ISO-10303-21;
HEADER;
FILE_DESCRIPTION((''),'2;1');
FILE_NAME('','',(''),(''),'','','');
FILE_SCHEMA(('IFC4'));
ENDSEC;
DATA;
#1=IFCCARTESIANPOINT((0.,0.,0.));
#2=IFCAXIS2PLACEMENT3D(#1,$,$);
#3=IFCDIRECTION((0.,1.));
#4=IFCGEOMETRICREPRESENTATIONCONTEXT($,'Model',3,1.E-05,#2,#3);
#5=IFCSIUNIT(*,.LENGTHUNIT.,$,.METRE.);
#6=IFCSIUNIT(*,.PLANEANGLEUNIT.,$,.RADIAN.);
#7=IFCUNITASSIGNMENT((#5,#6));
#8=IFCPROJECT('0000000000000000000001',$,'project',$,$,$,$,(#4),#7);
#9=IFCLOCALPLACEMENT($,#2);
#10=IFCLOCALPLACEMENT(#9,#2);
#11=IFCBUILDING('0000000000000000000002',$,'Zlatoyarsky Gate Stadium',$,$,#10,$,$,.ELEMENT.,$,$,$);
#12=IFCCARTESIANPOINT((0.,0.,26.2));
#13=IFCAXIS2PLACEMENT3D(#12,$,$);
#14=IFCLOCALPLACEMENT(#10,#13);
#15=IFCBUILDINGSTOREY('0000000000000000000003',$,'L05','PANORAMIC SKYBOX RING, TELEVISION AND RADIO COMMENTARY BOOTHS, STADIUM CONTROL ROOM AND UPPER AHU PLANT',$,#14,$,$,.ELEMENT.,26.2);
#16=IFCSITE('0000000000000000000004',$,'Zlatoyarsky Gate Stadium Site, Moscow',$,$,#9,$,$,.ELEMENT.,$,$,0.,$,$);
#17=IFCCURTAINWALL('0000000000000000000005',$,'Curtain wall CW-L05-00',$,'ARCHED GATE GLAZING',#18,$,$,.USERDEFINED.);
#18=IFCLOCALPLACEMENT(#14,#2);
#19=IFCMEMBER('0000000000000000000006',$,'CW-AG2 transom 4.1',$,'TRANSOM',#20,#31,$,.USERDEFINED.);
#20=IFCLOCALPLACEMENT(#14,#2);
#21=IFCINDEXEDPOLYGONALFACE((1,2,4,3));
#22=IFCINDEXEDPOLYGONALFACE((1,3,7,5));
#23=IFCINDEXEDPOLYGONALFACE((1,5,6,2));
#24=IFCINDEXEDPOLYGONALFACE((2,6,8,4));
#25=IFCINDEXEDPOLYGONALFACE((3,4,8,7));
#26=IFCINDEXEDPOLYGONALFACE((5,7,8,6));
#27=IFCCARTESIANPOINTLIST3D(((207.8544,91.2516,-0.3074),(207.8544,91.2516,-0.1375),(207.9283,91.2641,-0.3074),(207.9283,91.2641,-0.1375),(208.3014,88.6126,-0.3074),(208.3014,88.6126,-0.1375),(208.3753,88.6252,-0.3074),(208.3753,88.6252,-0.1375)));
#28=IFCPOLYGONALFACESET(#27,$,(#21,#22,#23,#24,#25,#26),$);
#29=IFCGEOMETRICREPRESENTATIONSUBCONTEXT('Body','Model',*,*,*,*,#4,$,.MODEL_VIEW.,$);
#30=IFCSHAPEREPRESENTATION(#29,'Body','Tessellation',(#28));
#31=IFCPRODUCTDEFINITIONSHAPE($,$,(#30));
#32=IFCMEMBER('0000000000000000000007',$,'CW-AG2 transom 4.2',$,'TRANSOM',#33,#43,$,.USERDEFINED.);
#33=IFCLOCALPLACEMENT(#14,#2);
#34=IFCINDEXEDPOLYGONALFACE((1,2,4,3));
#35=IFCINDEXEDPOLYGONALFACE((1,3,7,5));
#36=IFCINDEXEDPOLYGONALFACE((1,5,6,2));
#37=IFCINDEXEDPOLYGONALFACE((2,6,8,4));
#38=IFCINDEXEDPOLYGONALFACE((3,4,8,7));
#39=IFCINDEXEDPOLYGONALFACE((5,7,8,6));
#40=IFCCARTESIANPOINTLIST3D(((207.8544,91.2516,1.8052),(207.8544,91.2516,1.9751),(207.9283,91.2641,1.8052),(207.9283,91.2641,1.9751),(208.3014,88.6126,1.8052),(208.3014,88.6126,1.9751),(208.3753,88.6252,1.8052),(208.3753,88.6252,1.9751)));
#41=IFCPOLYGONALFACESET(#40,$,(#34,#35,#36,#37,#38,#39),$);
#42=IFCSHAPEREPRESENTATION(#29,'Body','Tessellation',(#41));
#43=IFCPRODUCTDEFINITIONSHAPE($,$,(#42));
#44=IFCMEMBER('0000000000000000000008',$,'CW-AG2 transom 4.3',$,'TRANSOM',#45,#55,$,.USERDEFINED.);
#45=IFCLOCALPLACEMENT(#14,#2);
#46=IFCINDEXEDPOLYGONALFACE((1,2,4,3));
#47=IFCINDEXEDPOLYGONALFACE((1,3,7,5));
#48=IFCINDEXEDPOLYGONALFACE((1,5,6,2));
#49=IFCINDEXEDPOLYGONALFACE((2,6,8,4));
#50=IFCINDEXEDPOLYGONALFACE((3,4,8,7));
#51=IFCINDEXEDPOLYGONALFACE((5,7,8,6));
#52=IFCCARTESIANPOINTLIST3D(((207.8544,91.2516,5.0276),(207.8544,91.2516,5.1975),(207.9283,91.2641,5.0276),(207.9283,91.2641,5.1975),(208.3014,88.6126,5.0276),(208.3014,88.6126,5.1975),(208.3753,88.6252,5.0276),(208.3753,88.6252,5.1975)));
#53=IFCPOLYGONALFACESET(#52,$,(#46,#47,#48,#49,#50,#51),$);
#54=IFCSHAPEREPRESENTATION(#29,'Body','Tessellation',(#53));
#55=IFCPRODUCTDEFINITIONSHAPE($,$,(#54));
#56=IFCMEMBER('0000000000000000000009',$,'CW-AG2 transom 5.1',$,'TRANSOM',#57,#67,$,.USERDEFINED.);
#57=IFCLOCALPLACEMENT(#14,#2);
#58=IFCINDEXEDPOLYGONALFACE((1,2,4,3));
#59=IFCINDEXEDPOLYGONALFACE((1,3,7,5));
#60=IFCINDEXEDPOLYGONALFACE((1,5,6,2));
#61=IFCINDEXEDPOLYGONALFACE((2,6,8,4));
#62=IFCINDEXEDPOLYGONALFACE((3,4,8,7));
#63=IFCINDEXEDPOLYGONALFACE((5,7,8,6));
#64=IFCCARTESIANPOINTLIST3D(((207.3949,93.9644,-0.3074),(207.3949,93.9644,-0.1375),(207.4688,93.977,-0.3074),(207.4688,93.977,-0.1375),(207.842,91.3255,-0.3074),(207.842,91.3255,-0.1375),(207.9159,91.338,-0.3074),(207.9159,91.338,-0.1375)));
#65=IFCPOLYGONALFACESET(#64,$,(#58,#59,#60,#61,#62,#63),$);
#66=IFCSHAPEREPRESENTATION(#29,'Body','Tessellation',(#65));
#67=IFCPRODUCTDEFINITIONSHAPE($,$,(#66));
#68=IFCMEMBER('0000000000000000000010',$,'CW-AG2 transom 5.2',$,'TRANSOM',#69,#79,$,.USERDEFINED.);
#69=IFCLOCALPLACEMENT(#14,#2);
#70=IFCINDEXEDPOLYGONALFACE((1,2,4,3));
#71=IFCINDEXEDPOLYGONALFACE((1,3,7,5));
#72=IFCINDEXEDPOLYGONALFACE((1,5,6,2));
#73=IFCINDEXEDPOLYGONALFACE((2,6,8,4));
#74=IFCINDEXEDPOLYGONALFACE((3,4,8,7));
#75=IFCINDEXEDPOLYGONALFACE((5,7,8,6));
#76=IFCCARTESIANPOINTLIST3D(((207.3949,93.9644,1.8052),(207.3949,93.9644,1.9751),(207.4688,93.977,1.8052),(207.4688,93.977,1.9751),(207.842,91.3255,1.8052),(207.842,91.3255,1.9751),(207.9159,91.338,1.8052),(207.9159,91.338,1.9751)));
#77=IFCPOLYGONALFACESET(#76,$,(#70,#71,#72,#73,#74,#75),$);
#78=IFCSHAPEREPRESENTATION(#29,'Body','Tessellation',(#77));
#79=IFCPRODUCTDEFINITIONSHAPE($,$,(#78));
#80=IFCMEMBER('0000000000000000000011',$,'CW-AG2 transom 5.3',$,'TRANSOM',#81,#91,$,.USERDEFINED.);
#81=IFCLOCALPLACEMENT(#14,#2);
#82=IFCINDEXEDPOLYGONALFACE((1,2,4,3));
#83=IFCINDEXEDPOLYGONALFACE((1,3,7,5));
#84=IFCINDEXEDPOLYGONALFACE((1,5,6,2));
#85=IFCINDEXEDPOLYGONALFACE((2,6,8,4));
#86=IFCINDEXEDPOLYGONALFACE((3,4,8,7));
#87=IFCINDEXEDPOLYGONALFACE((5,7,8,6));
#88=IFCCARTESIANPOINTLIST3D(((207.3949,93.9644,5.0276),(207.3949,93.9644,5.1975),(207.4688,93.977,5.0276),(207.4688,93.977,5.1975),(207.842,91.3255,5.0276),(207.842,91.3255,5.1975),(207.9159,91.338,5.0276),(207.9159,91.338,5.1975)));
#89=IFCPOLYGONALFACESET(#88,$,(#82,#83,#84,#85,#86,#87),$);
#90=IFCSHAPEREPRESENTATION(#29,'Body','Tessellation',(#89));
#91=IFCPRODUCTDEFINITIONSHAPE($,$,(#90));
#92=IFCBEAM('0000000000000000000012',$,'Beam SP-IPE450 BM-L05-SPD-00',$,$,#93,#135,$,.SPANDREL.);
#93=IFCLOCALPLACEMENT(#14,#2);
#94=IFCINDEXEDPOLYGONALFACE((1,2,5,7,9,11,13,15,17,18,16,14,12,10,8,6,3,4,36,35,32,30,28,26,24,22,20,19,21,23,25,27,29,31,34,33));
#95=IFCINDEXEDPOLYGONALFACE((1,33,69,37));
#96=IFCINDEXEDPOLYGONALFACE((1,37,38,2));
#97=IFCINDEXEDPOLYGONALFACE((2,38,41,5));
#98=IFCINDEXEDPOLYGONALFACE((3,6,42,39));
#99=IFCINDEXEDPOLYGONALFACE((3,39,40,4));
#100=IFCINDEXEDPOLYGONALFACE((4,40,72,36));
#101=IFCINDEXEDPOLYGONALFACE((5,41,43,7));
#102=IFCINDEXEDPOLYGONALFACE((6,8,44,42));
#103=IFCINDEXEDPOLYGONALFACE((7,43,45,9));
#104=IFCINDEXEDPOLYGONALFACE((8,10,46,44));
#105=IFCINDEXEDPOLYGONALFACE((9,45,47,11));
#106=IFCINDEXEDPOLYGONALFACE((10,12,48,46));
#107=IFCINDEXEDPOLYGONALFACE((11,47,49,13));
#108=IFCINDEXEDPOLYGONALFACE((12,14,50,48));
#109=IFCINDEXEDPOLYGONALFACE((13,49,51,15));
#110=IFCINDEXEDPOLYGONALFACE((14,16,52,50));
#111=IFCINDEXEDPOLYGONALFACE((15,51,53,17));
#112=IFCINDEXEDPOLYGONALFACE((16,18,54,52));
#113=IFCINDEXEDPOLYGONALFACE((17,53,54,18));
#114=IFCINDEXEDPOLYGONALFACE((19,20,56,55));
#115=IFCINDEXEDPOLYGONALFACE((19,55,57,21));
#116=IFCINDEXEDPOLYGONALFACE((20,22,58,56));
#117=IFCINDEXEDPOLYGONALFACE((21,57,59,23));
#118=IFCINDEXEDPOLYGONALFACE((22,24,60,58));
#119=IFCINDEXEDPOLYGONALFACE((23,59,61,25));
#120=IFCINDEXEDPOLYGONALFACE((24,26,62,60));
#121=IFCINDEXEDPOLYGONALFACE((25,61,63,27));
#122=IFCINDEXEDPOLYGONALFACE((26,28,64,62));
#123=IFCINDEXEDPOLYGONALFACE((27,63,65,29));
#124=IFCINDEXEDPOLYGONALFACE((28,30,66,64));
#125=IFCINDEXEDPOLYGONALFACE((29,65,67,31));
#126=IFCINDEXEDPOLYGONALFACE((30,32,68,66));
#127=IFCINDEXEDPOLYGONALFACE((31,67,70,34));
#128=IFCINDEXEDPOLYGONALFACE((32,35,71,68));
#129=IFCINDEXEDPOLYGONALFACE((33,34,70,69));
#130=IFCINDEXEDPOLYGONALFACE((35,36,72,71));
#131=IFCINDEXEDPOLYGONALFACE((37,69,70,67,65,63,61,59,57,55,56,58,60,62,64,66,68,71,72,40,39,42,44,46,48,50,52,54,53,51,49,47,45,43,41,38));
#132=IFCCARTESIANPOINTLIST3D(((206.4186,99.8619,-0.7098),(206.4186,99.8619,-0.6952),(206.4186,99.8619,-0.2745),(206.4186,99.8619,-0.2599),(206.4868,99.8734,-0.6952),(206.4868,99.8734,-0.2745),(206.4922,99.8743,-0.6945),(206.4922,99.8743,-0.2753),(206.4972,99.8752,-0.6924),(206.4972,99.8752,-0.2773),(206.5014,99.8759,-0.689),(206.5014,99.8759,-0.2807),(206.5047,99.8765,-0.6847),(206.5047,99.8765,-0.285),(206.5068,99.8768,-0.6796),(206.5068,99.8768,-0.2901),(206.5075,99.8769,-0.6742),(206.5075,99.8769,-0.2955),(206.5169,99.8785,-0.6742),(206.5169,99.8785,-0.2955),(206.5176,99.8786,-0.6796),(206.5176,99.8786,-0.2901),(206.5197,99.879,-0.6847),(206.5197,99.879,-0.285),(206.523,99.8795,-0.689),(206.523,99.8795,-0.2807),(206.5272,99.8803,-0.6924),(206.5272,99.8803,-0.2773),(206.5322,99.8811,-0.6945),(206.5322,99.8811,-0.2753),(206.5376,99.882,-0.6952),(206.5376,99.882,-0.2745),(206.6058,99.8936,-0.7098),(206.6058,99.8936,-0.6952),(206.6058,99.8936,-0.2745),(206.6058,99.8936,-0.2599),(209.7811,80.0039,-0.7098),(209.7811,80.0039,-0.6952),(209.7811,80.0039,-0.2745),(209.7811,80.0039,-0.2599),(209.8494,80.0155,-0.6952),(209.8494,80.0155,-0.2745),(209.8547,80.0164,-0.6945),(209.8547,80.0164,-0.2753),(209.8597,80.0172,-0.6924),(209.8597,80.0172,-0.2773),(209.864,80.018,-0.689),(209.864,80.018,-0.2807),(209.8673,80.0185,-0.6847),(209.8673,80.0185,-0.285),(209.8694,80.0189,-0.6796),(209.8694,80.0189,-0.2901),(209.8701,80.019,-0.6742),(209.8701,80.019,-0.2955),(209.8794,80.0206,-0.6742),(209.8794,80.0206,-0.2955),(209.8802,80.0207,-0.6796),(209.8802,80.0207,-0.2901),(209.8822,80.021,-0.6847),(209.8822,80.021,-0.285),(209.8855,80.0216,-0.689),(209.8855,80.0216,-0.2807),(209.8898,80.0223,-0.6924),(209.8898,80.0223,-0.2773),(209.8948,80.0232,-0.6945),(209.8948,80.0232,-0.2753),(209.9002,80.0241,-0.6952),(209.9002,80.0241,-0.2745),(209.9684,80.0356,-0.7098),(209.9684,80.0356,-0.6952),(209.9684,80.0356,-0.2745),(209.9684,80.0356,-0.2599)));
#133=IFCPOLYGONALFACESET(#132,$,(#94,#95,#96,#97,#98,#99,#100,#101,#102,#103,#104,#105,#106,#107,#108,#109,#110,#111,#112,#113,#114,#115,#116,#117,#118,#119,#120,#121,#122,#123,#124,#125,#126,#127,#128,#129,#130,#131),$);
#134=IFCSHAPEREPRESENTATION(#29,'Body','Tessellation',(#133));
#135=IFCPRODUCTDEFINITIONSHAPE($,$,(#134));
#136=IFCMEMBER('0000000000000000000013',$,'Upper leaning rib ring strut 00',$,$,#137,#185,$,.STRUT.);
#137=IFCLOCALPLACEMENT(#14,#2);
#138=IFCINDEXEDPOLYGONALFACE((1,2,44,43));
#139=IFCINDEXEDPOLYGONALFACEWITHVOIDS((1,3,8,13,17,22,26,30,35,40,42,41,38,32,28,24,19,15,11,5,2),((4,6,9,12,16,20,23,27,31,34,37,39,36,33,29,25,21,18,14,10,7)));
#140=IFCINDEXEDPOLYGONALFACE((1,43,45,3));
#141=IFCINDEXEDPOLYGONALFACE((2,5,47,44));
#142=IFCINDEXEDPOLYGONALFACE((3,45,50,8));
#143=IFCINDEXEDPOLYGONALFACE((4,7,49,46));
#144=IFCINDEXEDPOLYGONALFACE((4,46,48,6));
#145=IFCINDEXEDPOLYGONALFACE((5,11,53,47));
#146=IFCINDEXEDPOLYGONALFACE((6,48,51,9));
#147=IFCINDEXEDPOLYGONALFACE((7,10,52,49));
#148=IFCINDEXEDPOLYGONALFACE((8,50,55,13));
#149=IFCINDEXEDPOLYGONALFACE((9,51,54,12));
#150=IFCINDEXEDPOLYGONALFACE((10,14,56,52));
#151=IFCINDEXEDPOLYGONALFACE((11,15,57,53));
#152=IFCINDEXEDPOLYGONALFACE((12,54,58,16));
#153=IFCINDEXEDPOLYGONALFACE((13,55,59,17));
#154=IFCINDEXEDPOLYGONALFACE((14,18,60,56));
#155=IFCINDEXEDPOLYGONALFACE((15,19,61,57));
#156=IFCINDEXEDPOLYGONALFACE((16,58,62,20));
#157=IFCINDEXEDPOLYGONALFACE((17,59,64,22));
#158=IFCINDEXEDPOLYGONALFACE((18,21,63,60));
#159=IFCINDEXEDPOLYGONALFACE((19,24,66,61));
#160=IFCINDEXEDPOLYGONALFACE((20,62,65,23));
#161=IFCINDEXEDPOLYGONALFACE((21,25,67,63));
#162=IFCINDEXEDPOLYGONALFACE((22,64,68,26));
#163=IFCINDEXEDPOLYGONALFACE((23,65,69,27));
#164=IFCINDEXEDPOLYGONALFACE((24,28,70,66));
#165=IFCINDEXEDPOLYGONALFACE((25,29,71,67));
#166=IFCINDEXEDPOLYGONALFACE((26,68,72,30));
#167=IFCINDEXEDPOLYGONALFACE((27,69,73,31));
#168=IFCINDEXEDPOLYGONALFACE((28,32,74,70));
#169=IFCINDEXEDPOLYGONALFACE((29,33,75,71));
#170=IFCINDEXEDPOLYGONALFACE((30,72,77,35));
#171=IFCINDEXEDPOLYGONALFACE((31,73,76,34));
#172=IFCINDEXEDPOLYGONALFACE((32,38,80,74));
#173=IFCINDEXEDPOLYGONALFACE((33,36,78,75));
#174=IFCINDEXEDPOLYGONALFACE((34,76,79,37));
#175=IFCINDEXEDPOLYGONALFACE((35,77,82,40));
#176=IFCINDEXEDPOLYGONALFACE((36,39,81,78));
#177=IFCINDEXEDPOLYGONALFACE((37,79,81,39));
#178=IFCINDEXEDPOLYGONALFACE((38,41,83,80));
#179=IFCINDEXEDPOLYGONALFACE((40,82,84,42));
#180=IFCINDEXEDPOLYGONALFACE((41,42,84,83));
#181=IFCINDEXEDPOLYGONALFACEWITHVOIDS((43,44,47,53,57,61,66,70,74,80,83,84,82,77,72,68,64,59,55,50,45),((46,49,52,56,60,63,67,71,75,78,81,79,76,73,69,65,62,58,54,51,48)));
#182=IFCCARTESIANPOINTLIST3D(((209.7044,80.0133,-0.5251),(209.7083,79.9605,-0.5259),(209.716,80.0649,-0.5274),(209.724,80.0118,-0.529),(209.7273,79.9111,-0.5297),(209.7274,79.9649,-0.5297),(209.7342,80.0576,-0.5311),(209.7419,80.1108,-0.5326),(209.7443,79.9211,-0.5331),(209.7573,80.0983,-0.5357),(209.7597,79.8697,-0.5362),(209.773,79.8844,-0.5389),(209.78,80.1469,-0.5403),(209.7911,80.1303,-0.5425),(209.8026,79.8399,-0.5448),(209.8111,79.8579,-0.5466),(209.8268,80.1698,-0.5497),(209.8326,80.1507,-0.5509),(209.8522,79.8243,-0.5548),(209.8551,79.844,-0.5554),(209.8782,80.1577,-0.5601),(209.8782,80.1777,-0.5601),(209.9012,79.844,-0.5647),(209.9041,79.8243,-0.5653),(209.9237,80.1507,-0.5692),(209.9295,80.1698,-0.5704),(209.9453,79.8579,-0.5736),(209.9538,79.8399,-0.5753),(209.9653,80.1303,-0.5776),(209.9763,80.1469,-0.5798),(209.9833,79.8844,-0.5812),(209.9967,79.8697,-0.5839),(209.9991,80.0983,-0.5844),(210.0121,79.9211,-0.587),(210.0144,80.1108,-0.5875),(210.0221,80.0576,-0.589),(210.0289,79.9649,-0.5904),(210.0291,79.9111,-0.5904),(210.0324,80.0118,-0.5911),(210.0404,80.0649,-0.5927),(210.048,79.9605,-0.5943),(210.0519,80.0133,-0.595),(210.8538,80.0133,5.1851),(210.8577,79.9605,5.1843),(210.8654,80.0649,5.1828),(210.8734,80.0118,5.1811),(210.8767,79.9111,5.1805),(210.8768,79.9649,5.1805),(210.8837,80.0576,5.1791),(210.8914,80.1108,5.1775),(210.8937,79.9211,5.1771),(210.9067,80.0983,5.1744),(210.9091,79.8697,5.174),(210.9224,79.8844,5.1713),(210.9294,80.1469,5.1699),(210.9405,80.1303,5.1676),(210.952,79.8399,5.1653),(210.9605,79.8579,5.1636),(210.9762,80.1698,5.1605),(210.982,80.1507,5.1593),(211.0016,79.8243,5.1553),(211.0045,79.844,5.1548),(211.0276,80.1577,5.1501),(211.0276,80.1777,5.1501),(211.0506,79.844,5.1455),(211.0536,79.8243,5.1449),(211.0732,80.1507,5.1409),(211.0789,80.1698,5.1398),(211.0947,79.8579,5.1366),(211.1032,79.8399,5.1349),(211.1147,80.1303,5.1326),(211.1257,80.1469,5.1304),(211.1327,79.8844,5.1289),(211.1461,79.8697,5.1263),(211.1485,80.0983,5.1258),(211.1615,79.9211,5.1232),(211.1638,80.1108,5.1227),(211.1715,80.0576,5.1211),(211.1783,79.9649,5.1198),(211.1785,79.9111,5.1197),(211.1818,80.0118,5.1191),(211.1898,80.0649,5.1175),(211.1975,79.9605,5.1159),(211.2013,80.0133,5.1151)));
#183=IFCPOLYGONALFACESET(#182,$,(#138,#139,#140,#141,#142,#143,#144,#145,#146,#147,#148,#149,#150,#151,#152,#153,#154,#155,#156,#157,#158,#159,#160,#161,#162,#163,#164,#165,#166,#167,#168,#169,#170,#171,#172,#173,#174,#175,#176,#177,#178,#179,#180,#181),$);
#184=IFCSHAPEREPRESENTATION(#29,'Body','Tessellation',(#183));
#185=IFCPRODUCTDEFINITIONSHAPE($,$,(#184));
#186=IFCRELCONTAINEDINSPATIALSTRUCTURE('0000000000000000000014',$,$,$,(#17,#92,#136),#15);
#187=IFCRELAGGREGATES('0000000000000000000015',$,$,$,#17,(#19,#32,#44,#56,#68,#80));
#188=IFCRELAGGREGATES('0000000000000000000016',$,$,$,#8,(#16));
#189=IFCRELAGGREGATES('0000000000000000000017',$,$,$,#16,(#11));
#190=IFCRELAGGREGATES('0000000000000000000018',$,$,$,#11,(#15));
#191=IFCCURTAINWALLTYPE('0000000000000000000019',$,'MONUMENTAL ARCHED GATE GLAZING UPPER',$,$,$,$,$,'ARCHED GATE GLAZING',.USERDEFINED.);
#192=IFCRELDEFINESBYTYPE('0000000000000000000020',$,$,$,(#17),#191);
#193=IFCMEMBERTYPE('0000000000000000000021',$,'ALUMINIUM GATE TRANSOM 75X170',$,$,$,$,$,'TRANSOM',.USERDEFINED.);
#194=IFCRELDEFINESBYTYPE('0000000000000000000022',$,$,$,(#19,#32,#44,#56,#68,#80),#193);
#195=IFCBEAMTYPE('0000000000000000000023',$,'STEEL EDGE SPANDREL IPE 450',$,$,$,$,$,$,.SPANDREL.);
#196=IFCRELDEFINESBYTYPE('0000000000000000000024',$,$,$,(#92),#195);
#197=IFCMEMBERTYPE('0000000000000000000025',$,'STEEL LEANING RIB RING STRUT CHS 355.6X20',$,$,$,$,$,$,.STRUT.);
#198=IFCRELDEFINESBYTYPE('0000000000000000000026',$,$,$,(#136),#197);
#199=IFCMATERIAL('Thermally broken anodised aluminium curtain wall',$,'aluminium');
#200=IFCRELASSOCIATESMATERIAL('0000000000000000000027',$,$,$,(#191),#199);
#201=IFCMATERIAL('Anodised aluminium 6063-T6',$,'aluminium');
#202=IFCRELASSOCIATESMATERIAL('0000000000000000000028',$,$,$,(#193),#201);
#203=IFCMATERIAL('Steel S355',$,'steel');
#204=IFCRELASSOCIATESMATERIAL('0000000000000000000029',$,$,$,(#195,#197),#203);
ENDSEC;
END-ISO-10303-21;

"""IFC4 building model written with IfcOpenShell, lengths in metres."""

from ifc_helpers import new_model, si_unit, direction, frame, origin, origin_2d, place, context, subcontext, project, spatial, rectangle, hollow_circle, i_section, extrude, material, material_profile, profile_set, type_object, element, aggregate, save


model = new_model("IFC4")

# Units and contexts
model_context = context("Model", 3, precision=1e-05, world=origin(), true_north=direction((0.0, 1.0)))
body_context = subcontext(model_context, "Body", "Model", "MODEL_VIEW")
ifc_project = project(units=[si_unit("LENGTHUNIT", "METRE"), si_unit("PLANEANGLEUNIT", "RADIAN")], contexts=[model_context])

# Site, building, storey
site_placement = place(None, origin())
site = spatial("IfcSite", under=ifc_project, at=site_placement, Name="Zlatoyarsky Gate Stadium Site, Moscow", CompositionType="ELEMENT", RefElevation=0.0)
building_placement = place(site_placement, origin())
building = spatial("IfcBuilding", under=site, at=building_placement, Name="Zlatoyarsky Gate Stadium", CompositionType="ELEMENT")
storey_placement = place(building_placement, frame((0.0, 0.0, 26.2)))
storey = spatial("IfcBuildingStorey", under=building, at=storey_placement, Name="L05", Description="PANORAMIC SKYBOX RING, TELEVISION AND RADIO COMMENTARY BOOTHS, STADIUM CONTROL ROOM AND UPPER AHU PLANT", CompositionType="ELEMENT", Elevation=26.2)

# Curtain wall, members
ifc_material_1 = material(Name="Thermally broken anodised aluminium curtain wall", Category="aluminium")
curtain_wall_type = type_object("IfcCurtainWallType", Name="MONUMENTAL ARCHED GATE GLAZING UPPER", ElementType="ARCHED GATE GLAZING", PredefinedType="USERDEFINED", material=ifc_material_1)
curtain_wall_placement = place(storey_placement, origin())
curtain_wall = element("IfcCurtainWall", 1, at=curtain_wall_placement, inside=storey, type_object=curtain_wall_type, Name="Curtain wall CW-L05-00", ObjectType="ARCHED GATE GLAZING", PredefinedType="USERDEFINED")
ifc_material_2 = material(Name="Anodised aluminium 6063-T6", Category="aluminium")
ifc_material_profile_1 = material_profile(ifc_material_2, rectangle(XDim=0.075, YDim=0.1699, at=origin_2d()), Name="ALU 75X170")
ifc_profile_set_1 = profile_set([ifc_material_profile_1], Name="Anodised aluminium 6063-T6")
member_type_1 = type_object("IfcMemberType", Name="ALUMINIUM GATE TRANSOM 75X170", ElementType="TRANSOM", PredefinedType="USERDEFINED", material=ifc_profile_set_1)
member_1_placement = place(storey_placement, frame((208.3384, 88.6189, -0.2224), z_axis=(-0.167017, 0.985954, 0.0), x_axis=(-0.985954, -0.167017, 0.0)))
member_1 = element("IfcMember", 2, at=member_1_placement, type_object=member_type_1, Name="CW-AG2 transom 4.1", ObjectType="TRANSOM", PredefinedType="USERDEFINED", context=body_context, shape_type="SweptSolid", body=[
    extrude(rectangle(XDim=0.075, YDim=0.1699, at=origin_2d()), origin(), (0.0, 0.0, 1.0), 2.6765),
])
member_2_placement = place(storey_placement, frame((208.3384, 88.6189, 1.8901), z_axis=(-0.167017, 0.985954, 0.0), x_axis=(-0.985954, -0.167017, 0.0)))
member_2 = element("IfcMember", 3, at=member_2_placement, type_object=member_type_1, Name="CW-AG2 transom 4.2", ObjectType="TRANSOM", PredefinedType="USERDEFINED", context=body_context, shape_type="SweptSolid", body=[
    extrude(rectangle(XDim=0.075, YDim=0.1699, at=origin_2d()), origin(), (0.0, 0.0, 1.0), 2.6765),
])
member_3_placement = place(storey_placement, frame((208.3384, 88.6189, 5.1125), z_axis=(-0.167017, 0.985954, 0.0), x_axis=(-0.985954, -0.167017, 0.0)))
member_3 = element("IfcMember", 4, at=member_3_placement, type_object=member_type_1, Name="CW-AG2 transom 4.3", ObjectType="TRANSOM", PredefinedType="USERDEFINED", context=body_context, shape_type="SweptSolid", body=[
    extrude(rectangle(XDim=0.075, YDim=0.1699, at=origin_2d()), origin(), (0.0, 0.0, 1.0), 2.6765),
])
member_4_placement = place(storey_placement, frame((207.8789, 91.3318, -0.2224), z_axis=(-0.167017, 0.985954, 0.0), x_axis=(-0.985954, -0.167017, 0.0)))
member_4 = element("IfcMember", 5, at=member_4_placement, type_object=member_type_1, Name="CW-AG2 transom 5.1", ObjectType="TRANSOM", PredefinedType="USERDEFINED", context=body_context, shape_type="SweptSolid", body=[
    extrude(rectangle(XDim=0.075, YDim=0.1699, at=origin_2d()), origin(), (0.0, 0.0, 1.0), 2.6765),
])
member_5_placement = place(storey_placement, frame((207.8789, 91.3318, 1.8901), z_axis=(-0.167017, 0.985954, 0.0), x_axis=(-0.985954, -0.167017, 0.0)))
member_5 = element("IfcMember", 6, at=member_5_placement, type_object=member_type_1, Name="CW-AG2 transom 5.2", ObjectType="TRANSOM", PredefinedType="USERDEFINED", context=body_context, shape_type="SweptSolid", body=[
    extrude(rectangle(XDim=0.075, YDim=0.1699, at=origin_2d()), origin(), (0.0, 0.0, 1.0), 2.6765),
])
member_6_placement = place(storey_placement, frame((207.8789, 91.3318, 5.1125), z_axis=(-0.167017, 0.985954, 0.0), x_axis=(-0.985954, -0.167017, 0.0)))
member_6 = element("IfcMember", 7, at=member_6_placement, type_object=member_type_1, Name="CW-AG2 transom 5.3", ObjectType="TRANSOM", PredefinedType="USERDEFINED", context=body_context, shape_type="SweptSolid", body=[
    extrude(rectangle(XDim=0.075, YDim=0.1699, at=origin_2d()), origin(), (0.0, 0.0, 1.0), 2.6765),
])

# Beam
ifc_material_3 = material(Name="Steel S355", Category="steel")
ifc_material_profile_2 = material_profile(ifc_material_3, i_section(OverallWidth=0.1899, OverallDepth=0.45, WebThickness=0.0095, FlangeThickness=0.0146, FilletRadius=0.021, at=origin_2d()), Name="IPE 450")
ifc_profile_set_2 = profile_set([ifc_material_profile_2], Name="Steel S355")
beam_type = type_object("IfcBeamType", Name="STEEL EDGE SPANDREL IPE 450", PredefinedType="SPANDREL", material=ifc_profile_set_2)
beam_placement = place(storey_placement, frame((209.8748, 80.0198, -0.4849), z_axis=(-0.166954, 0.985965, 0.0), x_axis=(-0.985965, -0.166954, 0.0)))
element("IfcBeam", 8, at=beam_placement, inside=storey, type_object=beam_type, Name="Beam SP-IPE450 BM-L05-SPD-00", PredefinedType="SPANDREL", context=body_context, shape_type="SweptSolid", body=[
    extrude(i_section(OverallWidth=0.1899, OverallDepth=0.45, WebThickness=0.0095, FlangeThickness=0.0146, FilletRadius=0.021, at=origin_2d()), origin(), (0.0, 0.0, 1.0), 20.1406),
])

# Member
ifc_material_profile_3 = material_profile(ifc_material_3, hollow_circle(Radius=0.1777, WallThickness=0.02, at=origin_2d()), Name="CHS 355.6X20")
ifc_profile_set_3 = profile_set([ifc_material_profile_3], Name="Steel S355")
member_type_2 = type_object("IfcMemberType", Name="STEEL LEANING RIB RING STRUT CHS 355.6X20", PredefinedType="STRUT", material=ifc_profile_set_3)
member_7_placement = place(storey_placement, frame((209.8782, 80.0, -0.5601), z_axis=(0.197333, 0.0, 0.980336), x_axis=(0.0, 1.0, 0.0)))
element("IfcMember", 9, at=member_7_placement, inside=storey, type_object=member_type_2, Name="Upper leaning rib ring strut 00", PredefinedType="STRUT", context=body_context, shape_type="SweptSolid", body=[
    extrude(hollow_circle(Radius=0.1777, WallThickness=0.02, at=origin_2d()), origin(), (0.0, 0.0, 1.0), 5.8247),
])

aggregate(curtain_wall, [member_1, member_2, member_3, member_4, member_5, member_6])

save(model, "model.ifc")
